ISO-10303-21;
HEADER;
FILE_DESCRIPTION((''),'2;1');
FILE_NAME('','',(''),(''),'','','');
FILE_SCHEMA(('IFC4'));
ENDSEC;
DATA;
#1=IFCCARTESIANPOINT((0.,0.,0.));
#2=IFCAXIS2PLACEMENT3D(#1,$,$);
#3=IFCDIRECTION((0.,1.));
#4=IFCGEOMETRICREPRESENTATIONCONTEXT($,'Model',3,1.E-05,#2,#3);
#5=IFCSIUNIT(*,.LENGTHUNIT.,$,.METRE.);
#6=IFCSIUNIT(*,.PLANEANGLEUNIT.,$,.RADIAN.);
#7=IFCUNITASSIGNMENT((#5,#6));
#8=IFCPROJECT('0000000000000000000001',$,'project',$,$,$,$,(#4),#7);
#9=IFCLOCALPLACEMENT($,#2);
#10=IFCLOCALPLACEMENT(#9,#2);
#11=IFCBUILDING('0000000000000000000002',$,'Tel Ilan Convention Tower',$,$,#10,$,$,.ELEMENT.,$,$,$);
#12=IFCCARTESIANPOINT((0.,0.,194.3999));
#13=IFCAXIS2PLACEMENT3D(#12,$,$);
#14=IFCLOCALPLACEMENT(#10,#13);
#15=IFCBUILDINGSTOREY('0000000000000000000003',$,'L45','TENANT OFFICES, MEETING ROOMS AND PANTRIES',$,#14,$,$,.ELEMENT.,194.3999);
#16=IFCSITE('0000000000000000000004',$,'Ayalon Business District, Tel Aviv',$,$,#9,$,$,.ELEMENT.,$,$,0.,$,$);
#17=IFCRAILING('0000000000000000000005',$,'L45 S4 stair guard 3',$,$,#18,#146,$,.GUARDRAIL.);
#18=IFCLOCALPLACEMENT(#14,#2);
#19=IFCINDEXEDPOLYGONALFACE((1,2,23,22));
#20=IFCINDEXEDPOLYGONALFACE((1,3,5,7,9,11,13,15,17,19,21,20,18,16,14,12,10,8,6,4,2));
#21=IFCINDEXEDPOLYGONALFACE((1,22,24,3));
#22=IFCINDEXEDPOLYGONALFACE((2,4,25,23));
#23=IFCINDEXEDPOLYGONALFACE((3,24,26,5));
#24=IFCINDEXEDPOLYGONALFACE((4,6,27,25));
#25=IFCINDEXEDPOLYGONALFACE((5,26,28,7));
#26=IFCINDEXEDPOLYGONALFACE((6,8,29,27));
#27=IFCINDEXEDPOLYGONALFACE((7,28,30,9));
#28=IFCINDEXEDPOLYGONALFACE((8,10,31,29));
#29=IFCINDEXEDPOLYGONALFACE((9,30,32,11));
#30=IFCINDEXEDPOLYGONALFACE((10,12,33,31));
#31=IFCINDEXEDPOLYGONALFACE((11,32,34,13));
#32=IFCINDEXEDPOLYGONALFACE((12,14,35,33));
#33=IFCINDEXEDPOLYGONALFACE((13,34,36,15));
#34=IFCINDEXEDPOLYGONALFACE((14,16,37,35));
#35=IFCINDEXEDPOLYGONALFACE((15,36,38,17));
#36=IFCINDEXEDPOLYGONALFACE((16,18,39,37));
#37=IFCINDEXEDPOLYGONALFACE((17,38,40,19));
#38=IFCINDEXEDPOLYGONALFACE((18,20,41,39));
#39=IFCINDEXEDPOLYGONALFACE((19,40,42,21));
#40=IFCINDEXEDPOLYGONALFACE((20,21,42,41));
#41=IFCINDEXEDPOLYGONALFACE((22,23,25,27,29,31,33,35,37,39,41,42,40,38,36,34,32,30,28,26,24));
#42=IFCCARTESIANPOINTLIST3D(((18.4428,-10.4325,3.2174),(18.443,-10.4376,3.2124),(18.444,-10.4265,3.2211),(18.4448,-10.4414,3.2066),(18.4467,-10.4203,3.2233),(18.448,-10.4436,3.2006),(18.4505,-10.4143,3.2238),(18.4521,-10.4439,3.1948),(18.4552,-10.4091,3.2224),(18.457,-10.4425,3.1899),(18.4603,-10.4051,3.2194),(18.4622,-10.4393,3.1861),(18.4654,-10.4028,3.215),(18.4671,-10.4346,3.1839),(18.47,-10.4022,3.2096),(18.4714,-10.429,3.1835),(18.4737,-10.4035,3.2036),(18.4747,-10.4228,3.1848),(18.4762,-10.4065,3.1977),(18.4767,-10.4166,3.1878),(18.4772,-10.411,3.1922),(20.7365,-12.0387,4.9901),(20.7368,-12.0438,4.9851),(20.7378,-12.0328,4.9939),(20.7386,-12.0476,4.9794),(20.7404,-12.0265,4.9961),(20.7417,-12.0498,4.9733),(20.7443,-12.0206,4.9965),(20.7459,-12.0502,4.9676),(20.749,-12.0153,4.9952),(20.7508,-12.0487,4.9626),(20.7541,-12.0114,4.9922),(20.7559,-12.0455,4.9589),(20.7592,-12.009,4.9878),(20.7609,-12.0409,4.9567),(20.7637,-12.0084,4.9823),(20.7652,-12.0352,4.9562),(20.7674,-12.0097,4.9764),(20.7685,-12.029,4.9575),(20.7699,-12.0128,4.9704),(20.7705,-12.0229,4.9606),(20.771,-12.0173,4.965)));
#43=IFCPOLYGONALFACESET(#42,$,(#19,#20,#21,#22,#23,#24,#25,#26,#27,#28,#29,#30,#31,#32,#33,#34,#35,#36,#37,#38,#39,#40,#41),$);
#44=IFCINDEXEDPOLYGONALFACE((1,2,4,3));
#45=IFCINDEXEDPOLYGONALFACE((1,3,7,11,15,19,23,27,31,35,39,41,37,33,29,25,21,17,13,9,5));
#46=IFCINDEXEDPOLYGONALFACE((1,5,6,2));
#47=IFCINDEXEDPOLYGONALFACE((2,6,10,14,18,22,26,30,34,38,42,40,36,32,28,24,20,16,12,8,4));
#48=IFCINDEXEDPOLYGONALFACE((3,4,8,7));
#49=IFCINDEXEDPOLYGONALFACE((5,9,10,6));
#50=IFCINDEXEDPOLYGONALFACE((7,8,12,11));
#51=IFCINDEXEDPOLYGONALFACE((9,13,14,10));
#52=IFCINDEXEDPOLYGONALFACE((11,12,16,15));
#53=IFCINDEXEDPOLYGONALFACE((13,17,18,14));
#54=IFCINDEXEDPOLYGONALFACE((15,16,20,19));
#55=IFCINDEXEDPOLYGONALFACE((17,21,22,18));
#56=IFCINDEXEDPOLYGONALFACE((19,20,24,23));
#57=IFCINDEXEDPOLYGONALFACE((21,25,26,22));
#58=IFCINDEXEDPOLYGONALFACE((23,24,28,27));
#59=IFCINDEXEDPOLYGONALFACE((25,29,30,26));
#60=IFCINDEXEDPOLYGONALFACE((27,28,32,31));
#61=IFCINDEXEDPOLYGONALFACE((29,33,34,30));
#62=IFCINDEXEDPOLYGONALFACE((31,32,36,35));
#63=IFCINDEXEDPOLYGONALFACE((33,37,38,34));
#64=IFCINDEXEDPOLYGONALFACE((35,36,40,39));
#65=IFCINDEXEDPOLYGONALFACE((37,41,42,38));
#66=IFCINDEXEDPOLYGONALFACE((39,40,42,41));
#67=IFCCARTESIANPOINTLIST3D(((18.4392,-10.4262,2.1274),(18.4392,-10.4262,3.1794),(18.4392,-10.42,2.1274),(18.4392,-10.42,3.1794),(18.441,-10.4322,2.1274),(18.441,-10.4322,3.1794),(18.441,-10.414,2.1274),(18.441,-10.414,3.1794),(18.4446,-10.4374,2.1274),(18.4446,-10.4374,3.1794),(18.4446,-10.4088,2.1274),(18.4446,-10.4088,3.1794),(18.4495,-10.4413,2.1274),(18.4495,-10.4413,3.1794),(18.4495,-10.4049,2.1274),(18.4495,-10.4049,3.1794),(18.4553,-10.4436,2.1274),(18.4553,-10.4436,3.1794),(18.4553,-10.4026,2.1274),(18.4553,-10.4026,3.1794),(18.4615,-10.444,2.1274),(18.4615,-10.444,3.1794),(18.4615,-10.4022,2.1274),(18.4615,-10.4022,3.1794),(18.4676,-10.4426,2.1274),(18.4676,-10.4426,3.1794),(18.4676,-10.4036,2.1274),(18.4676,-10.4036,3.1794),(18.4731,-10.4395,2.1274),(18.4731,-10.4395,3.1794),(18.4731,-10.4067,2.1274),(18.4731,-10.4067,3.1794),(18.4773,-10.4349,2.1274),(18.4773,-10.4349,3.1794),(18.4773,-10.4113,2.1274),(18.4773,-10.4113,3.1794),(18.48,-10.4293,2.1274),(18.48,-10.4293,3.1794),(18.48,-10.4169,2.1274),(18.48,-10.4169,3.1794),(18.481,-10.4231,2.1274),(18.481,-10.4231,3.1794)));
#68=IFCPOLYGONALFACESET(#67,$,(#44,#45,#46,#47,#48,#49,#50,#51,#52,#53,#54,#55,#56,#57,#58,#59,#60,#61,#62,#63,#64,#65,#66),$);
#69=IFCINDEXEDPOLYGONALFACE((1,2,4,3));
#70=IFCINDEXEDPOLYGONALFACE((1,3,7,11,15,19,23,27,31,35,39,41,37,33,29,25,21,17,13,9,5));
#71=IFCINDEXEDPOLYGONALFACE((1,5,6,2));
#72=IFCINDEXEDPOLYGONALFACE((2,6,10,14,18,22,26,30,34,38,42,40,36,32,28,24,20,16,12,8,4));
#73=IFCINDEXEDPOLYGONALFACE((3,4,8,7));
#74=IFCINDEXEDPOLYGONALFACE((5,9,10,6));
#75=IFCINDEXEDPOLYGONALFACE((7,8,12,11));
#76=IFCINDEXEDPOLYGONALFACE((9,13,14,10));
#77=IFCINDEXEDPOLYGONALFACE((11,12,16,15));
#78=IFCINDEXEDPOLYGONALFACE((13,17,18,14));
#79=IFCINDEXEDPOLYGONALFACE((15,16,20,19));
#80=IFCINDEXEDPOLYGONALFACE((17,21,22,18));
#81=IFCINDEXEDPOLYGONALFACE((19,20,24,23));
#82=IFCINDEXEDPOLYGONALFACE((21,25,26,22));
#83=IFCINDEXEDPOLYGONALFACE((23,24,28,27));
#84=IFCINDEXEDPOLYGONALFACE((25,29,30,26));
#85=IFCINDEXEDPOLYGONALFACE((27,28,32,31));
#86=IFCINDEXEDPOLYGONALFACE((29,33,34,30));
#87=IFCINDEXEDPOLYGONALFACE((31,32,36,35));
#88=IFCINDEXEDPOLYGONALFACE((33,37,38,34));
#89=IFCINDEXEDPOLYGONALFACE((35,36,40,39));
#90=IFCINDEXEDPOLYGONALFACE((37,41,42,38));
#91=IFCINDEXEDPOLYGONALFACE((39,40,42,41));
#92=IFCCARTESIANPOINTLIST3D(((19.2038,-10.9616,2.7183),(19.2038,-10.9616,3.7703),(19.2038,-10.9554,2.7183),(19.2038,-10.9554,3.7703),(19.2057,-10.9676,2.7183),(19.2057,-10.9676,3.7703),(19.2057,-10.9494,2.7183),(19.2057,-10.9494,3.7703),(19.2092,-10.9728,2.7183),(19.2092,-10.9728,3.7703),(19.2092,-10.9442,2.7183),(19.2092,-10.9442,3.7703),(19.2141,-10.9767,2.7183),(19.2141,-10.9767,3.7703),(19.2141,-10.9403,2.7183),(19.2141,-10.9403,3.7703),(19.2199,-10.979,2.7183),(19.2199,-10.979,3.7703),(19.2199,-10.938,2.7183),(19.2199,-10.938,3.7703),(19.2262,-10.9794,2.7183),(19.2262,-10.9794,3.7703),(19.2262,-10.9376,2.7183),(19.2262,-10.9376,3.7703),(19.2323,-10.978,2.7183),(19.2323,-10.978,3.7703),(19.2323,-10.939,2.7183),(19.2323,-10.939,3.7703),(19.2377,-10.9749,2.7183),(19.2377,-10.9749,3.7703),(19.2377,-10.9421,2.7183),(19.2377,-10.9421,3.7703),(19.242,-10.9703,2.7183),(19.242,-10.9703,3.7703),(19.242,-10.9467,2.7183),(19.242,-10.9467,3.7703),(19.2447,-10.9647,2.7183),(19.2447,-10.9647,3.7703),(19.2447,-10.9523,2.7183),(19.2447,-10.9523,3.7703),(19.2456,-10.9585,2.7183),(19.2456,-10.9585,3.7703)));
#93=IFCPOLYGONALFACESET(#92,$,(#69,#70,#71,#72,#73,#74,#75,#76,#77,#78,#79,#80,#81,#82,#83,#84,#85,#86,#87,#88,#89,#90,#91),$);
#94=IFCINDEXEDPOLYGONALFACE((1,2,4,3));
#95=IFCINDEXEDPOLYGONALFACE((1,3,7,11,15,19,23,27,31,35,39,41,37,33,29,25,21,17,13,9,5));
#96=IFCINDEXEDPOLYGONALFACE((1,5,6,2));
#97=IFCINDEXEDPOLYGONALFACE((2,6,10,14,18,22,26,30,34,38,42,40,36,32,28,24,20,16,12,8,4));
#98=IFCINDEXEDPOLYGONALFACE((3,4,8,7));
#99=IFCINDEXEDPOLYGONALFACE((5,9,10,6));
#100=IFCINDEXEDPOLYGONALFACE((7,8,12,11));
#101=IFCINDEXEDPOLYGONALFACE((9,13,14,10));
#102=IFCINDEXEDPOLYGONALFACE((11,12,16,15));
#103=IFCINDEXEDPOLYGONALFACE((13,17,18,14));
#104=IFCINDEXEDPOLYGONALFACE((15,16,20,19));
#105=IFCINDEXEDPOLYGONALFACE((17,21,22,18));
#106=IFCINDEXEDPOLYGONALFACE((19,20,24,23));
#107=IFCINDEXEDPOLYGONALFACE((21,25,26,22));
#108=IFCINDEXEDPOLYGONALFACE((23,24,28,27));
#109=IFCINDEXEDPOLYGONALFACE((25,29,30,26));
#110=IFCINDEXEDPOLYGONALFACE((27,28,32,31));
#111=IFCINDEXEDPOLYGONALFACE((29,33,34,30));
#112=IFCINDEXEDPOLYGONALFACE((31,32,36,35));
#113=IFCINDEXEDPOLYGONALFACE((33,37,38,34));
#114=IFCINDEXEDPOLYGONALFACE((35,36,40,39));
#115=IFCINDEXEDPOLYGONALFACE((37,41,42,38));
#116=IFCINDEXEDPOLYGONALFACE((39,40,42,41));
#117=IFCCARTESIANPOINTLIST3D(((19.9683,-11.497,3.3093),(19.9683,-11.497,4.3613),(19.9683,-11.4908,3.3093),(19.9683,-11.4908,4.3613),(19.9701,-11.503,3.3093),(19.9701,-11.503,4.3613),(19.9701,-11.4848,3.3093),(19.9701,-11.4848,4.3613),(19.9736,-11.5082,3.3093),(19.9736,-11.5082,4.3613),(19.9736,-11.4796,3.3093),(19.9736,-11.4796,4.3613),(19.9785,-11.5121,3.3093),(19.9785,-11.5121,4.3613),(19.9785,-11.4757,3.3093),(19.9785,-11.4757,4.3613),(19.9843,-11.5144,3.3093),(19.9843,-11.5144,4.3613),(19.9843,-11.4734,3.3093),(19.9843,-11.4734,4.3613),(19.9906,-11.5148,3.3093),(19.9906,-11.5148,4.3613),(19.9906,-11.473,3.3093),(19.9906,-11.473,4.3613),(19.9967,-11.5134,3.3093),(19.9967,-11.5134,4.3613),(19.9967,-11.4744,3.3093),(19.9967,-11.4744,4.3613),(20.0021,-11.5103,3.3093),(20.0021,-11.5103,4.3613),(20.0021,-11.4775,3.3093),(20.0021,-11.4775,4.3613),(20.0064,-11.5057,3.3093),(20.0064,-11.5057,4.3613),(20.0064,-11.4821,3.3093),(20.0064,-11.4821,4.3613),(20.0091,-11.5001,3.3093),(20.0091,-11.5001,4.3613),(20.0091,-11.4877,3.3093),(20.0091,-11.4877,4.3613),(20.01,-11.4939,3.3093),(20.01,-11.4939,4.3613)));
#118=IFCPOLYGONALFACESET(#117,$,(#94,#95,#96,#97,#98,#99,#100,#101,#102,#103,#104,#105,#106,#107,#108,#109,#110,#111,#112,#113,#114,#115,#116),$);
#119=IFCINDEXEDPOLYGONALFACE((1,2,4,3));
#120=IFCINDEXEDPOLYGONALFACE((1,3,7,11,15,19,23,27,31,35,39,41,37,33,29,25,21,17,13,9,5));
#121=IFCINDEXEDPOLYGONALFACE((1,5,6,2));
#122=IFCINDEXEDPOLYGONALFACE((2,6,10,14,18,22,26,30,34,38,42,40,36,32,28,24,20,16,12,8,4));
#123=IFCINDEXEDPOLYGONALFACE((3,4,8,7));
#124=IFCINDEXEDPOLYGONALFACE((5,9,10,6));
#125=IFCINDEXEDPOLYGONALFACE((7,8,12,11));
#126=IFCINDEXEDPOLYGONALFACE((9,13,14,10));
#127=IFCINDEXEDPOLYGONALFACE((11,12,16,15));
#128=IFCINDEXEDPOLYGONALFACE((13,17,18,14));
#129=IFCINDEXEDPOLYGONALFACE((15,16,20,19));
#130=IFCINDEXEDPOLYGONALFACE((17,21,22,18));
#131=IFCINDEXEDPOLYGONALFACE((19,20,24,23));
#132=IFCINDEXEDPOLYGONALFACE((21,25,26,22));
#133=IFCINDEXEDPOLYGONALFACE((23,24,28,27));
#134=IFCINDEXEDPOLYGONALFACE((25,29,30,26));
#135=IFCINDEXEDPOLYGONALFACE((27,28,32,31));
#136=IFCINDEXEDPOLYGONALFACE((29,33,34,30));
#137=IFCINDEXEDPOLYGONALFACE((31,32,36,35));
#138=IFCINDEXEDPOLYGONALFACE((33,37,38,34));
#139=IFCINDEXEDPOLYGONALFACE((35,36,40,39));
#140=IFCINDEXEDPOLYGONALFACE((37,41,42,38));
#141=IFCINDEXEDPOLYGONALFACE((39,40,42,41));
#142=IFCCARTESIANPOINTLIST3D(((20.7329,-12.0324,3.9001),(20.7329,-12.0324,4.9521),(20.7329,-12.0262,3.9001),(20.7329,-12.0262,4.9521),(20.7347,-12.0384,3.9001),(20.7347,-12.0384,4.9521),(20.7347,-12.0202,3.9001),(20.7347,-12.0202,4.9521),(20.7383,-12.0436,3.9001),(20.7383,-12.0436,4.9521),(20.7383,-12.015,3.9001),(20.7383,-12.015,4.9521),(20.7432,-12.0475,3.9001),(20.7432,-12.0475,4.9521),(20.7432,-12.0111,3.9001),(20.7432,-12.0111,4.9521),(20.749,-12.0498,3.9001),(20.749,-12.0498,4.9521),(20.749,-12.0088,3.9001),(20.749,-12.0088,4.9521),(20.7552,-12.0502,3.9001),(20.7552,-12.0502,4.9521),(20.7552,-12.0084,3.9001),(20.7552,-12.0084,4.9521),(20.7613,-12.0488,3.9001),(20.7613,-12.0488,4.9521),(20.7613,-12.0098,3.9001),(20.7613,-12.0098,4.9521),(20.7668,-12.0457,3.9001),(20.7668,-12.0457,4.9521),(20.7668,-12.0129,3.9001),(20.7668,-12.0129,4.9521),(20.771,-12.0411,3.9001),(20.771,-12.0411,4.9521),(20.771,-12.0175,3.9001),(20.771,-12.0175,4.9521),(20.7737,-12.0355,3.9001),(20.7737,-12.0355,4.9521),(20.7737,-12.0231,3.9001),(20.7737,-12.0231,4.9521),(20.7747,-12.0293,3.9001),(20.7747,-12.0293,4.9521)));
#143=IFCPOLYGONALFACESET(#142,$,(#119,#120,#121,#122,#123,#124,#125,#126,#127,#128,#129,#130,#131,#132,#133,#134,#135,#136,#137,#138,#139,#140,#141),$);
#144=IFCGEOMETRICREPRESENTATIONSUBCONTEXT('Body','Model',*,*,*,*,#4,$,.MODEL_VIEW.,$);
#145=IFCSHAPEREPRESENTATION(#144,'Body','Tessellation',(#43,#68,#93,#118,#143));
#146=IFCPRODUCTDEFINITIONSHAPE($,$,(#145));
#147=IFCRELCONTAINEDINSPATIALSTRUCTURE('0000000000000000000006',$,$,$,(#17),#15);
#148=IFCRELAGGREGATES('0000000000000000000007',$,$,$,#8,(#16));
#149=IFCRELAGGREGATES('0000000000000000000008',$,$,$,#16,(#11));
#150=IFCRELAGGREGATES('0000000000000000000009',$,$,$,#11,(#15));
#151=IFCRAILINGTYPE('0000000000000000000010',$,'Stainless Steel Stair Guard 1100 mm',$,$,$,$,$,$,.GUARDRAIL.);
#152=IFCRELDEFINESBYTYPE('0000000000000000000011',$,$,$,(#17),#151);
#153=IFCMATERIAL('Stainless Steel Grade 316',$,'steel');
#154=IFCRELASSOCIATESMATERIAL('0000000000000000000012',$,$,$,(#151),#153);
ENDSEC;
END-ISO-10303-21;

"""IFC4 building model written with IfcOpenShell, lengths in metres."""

from ifc_helpers import new_model, si_unit, direction, frame, origin, origin_2d, place, context, subcontext, project, spatial, circle, extrude, material, type_object, element, save


model = new_model("IFC4")

# Units and contexts
model_context = context("Model", 3, precision=1e-05, world=origin(), true_north=direction((0.0, 1.0)))
body_context = subcontext(model_context, "Body", "Model", "MODEL_VIEW")
ifc_project = project(units=[si_unit("LENGTHUNIT", "METRE"), si_unit("PLANEANGLEUNIT", "RADIAN")], contexts=[model_context])

# Site, building, storey
site_placement = place(None, origin())
site = spatial("IfcSite", under=ifc_project, at=site_placement, Name="Ayalon Business District, Tel Aviv", CompositionType="ELEMENT", RefElevation=0.0)
building_placement = place(site_placement, origin())
building = spatial("IfcBuilding", under=site, at=building_placement, Name="Tel Ilan Convention Tower", CompositionType="ELEMENT")
storey_placement = place(building_placement, frame((0.0, 0.0, 194.3999)))
storey = spatial("IfcBuildingStorey", under=building, at=storey_placement, Name="L45", Description="TENANT OFFICES, MEETING ROOMS AND PANTRIES", CompositionType="ELEMENT", Elevation=194.3999)

# Railing
ifc_material_1 = material(Name="Stainless Steel Grade 316", Category="steel")
railing_type_1 = type_object("IfcRailingType", Name="Stainless Steel Stair Guard 1100 mm", PredefinedType="GUARDRAIL", material=ifc_material_1)
railing_1_placement = place(storey_placement, frame((18.46, -10.4231, 2.1274)))
element("IfcRailing", 1, at=railing_1_placement, inside=storey, type_object=railing_type_1, Name="L45 S4 stair guard 3", PredefinedType="GUARDRAIL", context=body_context, shape_type="SweptSolid", body=[
    extrude(circle(Radius=0.0239, at=origin_2d()), frame((0.0, 0.0, 1.0762), z_axis=(0.692098, -0.484653, 0.534894), x_axis=(0.573609, 0.81913, 0.0)), (0.0, 0.0, 1.0), 3.3142),
    extrude(circle(Radius=0.021, at=origin_2d()), origin(), (0.0, 0.0, 1.0), 1.052),
    extrude(circle(Radius=0.021, at=origin_2d()), frame((0.7646, -0.5354, 0.5908)), (0.0, 0.0, 1.0), 1.052),
    extrude(circle(Radius=0.021, at=origin_2d()), frame((1.5291, -1.0708, 1.1819)), (0.0, 0.0, 1.0), 1.052),
    extrude(circle(Radius=0.021, at=origin_2d()), frame((2.2937, -1.6062, 1.7727)), (0.0, 0.0, 1.0), 1.052),
])

save(model, "model.ifc")
